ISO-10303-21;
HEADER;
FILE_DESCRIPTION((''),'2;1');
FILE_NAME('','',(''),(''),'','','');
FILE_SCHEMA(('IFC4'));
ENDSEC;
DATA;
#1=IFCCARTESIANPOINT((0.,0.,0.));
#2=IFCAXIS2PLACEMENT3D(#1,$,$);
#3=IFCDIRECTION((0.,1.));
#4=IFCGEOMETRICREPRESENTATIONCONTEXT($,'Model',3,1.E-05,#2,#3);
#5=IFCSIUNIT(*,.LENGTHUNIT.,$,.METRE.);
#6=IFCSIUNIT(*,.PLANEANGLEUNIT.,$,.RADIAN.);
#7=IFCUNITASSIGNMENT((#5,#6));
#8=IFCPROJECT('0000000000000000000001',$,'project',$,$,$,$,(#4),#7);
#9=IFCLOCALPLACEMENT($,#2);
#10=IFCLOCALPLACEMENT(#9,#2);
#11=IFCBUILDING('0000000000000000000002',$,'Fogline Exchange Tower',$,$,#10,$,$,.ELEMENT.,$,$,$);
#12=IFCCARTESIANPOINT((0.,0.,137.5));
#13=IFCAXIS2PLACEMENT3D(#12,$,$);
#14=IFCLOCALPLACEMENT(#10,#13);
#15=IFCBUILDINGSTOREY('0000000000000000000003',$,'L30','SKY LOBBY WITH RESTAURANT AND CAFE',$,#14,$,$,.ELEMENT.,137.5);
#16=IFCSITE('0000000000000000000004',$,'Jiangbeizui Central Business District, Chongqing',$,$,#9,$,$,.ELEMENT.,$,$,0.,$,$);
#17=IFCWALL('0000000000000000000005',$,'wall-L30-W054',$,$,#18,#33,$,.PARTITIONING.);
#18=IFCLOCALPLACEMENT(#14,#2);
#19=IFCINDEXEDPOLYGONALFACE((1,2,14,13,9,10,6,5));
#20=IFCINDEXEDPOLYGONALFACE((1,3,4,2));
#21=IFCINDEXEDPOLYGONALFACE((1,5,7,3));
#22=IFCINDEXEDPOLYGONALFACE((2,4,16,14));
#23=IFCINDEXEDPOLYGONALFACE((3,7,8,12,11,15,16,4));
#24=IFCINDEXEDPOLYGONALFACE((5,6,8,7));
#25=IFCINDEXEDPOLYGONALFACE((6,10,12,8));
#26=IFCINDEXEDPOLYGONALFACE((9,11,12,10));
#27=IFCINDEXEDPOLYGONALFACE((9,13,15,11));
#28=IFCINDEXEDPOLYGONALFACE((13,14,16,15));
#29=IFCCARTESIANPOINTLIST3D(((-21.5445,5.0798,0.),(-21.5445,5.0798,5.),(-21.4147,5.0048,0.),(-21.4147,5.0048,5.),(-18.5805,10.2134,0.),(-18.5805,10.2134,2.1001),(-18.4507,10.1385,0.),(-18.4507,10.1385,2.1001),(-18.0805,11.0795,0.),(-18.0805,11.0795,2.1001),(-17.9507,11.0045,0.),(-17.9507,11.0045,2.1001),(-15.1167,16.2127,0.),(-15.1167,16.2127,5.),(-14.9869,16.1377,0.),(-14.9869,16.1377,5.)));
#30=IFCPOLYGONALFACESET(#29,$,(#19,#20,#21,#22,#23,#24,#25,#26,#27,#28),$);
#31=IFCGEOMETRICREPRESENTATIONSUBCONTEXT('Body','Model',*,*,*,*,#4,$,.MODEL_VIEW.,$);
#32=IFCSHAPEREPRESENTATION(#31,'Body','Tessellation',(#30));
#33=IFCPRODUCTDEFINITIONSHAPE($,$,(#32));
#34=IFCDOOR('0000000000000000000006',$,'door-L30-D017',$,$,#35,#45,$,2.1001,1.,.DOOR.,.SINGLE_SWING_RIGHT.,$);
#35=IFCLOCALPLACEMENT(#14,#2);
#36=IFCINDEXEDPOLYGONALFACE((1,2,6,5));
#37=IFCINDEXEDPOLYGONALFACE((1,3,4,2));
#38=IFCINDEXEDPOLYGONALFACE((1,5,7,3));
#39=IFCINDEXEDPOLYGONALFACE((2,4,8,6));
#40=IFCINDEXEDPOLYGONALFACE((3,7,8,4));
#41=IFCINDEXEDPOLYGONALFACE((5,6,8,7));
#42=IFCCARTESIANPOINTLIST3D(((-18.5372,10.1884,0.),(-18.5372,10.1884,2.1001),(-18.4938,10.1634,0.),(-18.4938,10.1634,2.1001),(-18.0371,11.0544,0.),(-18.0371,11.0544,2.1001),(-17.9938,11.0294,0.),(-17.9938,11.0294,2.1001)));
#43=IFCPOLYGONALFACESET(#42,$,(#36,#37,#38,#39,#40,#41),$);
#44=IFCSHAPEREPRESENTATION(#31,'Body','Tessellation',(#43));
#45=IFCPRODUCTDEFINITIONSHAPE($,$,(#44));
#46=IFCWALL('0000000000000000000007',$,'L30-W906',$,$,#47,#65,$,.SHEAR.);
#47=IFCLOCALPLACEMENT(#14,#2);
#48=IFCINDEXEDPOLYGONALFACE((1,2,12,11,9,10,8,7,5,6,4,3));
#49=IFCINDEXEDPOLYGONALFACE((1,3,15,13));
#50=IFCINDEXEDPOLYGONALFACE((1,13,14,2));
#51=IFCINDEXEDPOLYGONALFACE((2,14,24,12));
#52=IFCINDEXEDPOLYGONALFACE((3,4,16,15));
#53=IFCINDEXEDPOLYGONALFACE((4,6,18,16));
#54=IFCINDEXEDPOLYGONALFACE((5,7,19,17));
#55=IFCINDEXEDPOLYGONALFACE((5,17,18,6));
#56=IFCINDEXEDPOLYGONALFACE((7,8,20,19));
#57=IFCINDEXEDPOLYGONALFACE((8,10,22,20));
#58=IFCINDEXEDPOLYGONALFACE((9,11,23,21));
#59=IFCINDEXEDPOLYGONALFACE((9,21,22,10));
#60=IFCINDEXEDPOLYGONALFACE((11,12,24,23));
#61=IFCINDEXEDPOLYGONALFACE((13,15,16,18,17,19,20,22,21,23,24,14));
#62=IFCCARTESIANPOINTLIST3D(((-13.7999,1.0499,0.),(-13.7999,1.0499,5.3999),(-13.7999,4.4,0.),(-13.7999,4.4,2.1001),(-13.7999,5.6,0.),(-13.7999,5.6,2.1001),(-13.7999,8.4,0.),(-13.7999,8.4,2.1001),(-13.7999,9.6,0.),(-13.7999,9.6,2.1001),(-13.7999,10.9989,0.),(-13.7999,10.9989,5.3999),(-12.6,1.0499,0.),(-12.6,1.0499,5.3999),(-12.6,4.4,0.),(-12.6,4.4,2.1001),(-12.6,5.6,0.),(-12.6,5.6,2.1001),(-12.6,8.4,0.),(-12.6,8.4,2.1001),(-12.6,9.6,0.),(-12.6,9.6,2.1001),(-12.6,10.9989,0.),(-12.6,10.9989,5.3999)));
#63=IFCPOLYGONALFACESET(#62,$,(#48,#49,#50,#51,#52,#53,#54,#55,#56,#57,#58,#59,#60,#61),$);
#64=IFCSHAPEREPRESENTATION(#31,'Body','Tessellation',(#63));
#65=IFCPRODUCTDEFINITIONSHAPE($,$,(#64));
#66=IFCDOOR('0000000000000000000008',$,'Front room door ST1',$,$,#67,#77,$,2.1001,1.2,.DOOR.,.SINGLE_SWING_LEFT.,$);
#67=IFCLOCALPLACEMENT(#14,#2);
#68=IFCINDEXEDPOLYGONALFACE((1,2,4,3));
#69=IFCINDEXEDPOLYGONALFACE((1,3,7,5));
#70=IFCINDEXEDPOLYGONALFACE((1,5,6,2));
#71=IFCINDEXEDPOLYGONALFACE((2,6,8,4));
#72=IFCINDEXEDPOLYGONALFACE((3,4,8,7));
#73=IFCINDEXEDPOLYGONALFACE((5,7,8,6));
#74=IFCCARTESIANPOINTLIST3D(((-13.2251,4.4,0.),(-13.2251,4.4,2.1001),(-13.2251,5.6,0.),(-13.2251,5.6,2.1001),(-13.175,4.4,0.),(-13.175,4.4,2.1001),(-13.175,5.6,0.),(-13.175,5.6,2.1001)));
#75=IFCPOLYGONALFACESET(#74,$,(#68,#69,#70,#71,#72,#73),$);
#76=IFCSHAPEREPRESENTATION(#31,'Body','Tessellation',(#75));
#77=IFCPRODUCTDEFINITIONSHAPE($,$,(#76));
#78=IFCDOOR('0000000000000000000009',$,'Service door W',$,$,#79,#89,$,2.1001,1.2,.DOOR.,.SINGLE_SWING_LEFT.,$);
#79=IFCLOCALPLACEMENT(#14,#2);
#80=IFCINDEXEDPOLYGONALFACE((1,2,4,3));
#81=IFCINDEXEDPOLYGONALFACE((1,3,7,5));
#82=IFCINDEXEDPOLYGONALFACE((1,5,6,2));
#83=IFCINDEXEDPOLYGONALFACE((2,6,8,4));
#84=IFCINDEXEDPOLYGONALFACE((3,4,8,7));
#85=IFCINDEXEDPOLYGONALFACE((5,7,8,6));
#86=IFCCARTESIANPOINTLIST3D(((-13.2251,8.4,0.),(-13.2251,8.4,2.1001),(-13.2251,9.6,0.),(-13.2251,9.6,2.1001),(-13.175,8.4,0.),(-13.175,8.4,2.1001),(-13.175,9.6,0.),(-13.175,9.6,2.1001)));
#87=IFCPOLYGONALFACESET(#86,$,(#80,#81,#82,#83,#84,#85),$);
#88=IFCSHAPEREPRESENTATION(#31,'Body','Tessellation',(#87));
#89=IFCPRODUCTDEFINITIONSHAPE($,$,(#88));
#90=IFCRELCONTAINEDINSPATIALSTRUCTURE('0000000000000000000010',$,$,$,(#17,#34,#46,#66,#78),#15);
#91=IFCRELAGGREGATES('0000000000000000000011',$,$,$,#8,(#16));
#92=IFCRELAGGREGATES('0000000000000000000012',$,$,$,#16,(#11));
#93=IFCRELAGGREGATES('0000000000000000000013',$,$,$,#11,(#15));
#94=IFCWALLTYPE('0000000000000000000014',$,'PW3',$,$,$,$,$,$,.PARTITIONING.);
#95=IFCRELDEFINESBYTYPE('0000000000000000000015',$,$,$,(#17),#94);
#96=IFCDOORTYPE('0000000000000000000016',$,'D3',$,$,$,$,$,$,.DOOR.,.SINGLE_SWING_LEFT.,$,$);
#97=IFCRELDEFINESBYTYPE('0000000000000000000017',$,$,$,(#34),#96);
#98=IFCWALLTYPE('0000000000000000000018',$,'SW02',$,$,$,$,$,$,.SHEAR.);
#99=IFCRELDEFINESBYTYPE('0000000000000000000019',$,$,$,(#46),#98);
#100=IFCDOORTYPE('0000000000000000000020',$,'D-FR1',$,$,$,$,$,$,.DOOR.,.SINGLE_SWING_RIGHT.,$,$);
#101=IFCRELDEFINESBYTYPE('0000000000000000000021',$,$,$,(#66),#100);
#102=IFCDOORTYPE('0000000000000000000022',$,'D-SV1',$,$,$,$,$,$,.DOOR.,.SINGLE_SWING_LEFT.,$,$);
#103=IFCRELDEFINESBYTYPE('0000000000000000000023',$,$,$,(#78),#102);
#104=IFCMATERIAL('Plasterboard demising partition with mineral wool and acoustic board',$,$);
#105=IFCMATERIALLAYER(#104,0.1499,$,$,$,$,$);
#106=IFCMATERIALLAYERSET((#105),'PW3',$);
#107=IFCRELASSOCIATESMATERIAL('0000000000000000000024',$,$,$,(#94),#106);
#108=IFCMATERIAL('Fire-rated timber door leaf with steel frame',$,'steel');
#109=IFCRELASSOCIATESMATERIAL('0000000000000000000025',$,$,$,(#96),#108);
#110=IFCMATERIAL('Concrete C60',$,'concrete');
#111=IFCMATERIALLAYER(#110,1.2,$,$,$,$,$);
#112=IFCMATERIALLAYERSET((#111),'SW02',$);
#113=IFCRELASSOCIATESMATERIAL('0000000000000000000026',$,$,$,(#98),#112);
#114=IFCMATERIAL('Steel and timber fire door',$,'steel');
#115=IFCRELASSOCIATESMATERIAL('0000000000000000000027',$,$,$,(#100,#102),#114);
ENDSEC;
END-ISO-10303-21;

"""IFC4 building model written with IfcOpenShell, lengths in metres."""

from ifc_helpers import new_model, si_unit, direction, frame, frame_2d, origin, place, context, subcontext, project, spatial, rectangle, extrude, material, layer, layer_set, type_object, element, fill, save


model = new_model("IFC4")

# Units and contexts
model_context = context("Model", 3, precision=1e-05, world=origin(), true_north=direction((0.0, 1.0)))
body_context = subcontext(model_context, "Body", "Model", "MODEL_VIEW")
ifc_project = project(units=[si_unit("LENGTHUNIT", "METRE"), si_unit("PLANEANGLEUNIT", "RADIAN")], contexts=[model_context])

# Site, building, storey
site_placement = place(None, origin())
site = spatial("IfcSite", under=ifc_project, at=site_placement, Name="Jiangbeizui Central Business District, Chongqing", CompositionType="ELEMENT", RefElevation=0.0)
building_placement = place(site_placement, origin())
building = spatial("IfcBuilding", under=site, at=building_placement, Name="Fogline Exchange Tower", CompositionType="ELEMENT")
storey_placement = place(building_placement, frame((0.0, 0.0, 137.5)))
storey = spatial("IfcBuildingStorey", under=building, at=storey_placement, Name="L30", Description="SKY LOBBY WITH RESTAURANT AND CAFE", CompositionType="ELEMENT", Elevation=137.5)

# Shared definitions
ifc_material_1 = material(Name="Plasterboard demising partition with mineral wool and acoustic board")
ifc_layer_1 = layer(ifc_material_1, 0.1499)
ifc_layer_set_1 = layer_set([ifc_layer_1], Name="PW3")
wall_type_1 = type_object("IfcWallType", Name="PW3", PredefinedType="PARTITIONING", material=ifc_layer_set_1)

# Shared definitions
ifc_material_2 = material(Name="Fire-rated timber door leaf with steel frame", Category="steel")
door_type_1 = type_object("IfcDoorType", Name="D3", OperationType="SINGLE_SWING_LEFT", PredefinedType="DOOR", material=ifc_material_2)

# Wall, opening, door
wall_1_placement = place(storey_placement, frame((-15.0518, 16.1753, 0.0), z_axis=(0.0, 0.0, 1.0), x_axis=(-0.500012, -0.866019, 0.0)))
wall_1 = element("IfcWall", 1, at=wall_1_placement, inside=storey, type_object=wall_type_1, Name="wall-L30-W054", PredefinedType="PARTITIONING", context=body_context, shape_type="SweptSolid", body=[
    extrude(rectangle(XDim=12.8552, YDim=0.1499, at=frame_2d((6.4277, 0.0))), origin(), (0.0, 0.0, 1.0), 5.0),
])
opening_1_placement = place(wall_1_placement, frame((5.9275, 0.0, 0.0)))
opening_1 = element("IfcOpeningElement", 2, at=opening_1_placement, cuts=wall_1, PredefinedType="OPENING", context=body_context, shape_type="SweptSolid", body=[
    extrude(rectangle(XDim=1.0, YDim=2.1001, at=frame_2d((0.5, 1.05))), frame((0.0, 0.085, 0.0), z_axis=(0.0, -1.0, 0.0), x_axis=(1.0, 0.0, 0.0)), (0.0, 0.0, 1.0), 0.1699),
])
door_1_placement = place(opening_1_placement, frame((1.0, 0.0, 0.0), z_axis=(0.0, 0.0, 1.0), x_axis=(-1.0, 0.0, 0.0)))
door_1 = element("IfcDoor", 3, at=door_1_placement, inside=storey, type_object=door_type_1, Name="door-L30-D017", OperationType="SINGLE_SWING_RIGHT", OverallHeight=2.1001, OverallWidth=1.0, PredefinedType="DOOR", context=body_context, shape_type="SweptSolid", body=[
    extrude(rectangle(XDim=1.0, YDim=2.1001, at=frame_2d((0.5, 1.05))), frame((0.0, 0.0249, 0.0), z_axis=(0.0, -1.0, 0.0), x_axis=(1.0, 0.0, 0.0)), (0.0, 0.0, 1.0), 0.05),
])
fill(opening_1, door_1)

# Wall, openings, doors
ifc_material_3 = material(Name="Concrete C60", Category="concrete")
ifc_layer_2 = layer(ifc_material_3, 1.2)
ifc_layer_set_2 = layer_set([ifc_layer_2], Name="SW02")
wall_type_2 = type_object("IfcWallType", Name="SW02", PredefinedType="SHEAR", material=ifc_layer_set_2)
wall_2_placement = place(storey_placement, frame((-13.2, 10.999, 0.0), z_axis=(0.0, 0.0, 1.0), x_axis=(0.0, -1.0, 0.0)))
wall_2 = element("IfcWall", 4, at=wall_2_placement, inside=storey, type_object=wall_type_2, Name="L30-W906", PredefinedType="SHEAR", context=body_context, shape_type="SweptSolid", body=[
    extrude(rectangle(XDim=9.949, YDim=1.2, at=frame_2d((4.9746, 0.0))), origin(), (0.0, 0.0, 1.0), 5.3999),
])
opening_2_placement = place(wall_2_placement, frame((5.3989, 0.0, 0.0)))
opening_2 = element("IfcOpeningElement", 5, at=opening_2_placement, cuts=wall_2, PredefinedType="OPENING", context=body_context, shape_type="SweptSolid", body=[
    extrude(rectangle(XDim=1.2, YDim=2.1001, at=frame_2d((0.6001, 1.05))), frame((0.0, 0.6099, 0.0), z_axis=(0.0, -1.0, 0.0), x_axis=(1.0, 0.0, 0.0)), (0.0, 0.0, 1.0), 1.22),
])
opening_3_placement = place(wall_2_placement, frame((1.3989, 0.0, 0.0)))
opening_3 = element("IfcOpeningElement", 6, at=opening_3_placement, cuts=wall_2, PredefinedType="OPENING", context=body_context, shape_type="SweptSolid", body=[
    extrude(rectangle(XDim=1.2, YDim=2.1001, at=frame_2d((0.6001, 1.05))), frame((0.0, 0.6099, 0.0), z_axis=(0.0, -1.0, 0.0), x_axis=(1.0, 0.0, 0.0)), (0.0, 0.0, 1.0), 1.22),
])
ifc_material_4 = material(Name="Steel and timber fire door", Category="steel")
door_type_2 = type_object("IfcDoorType", Name="D-FR1", OperationType="SINGLE_SWING_RIGHT", PredefinedType="DOOR", material=ifc_material_4)
door_2_placement = place(opening_2_placement, origin())
door_2 = element("IfcDoor", 7, at=door_2_placement, inside=storey, type_object=door_type_2, Name="Front room door ST1", OperationType="SINGLE_SWING_LEFT", OverallHeight=2.1001, OverallWidth=1.2, PredefinedType="DOOR", context=body_context, shape_type="SweptSolid", body=[
    extrude(rectangle(XDim=1.2, YDim=2.1001, at=frame_2d((0.6001, 1.05))), frame((0.0, 0.0249, 0.0), z_axis=(0.0, -1.0, 0.0), x_axis=(1.0, 0.0, 0.0)), (0.0, 0.0, 1.0), 0.05),
])
fill(opening_2, door_2)
door_type_3 = type_object("IfcDoorType", Name="D-SV1", OperationType="SINGLE_SWING_LEFT", PredefinedType="DOOR", material=ifc_material_4)
door_3_placement = place(opening_3_placement, origin())
door_3 = element("IfcDoor", 8, at=door_3_placement, inside=storey, type_object=door_type_3, Name="Service door W", OperationType="SINGLE_SWING_LEFT", OverallHeight=2.1001, OverallWidth=1.2, PredefinedType="DOOR", context=body_context, shape_type="SweptSolid", body=[
    extrude(rectangle(XDim=1.2, YDim=2.1001, at=frame_2d((0.6001, 1.05))), frame((0.0, 0.0249, 0.0), z_axis=(0.0, -1.0, 0.0), x_axis=(1.0, 0.0, 0.0)), (0.0, 0.0, 1.0), 0.05),
])
fill(opening_3, door_3)

save(model, "model.ifc")
